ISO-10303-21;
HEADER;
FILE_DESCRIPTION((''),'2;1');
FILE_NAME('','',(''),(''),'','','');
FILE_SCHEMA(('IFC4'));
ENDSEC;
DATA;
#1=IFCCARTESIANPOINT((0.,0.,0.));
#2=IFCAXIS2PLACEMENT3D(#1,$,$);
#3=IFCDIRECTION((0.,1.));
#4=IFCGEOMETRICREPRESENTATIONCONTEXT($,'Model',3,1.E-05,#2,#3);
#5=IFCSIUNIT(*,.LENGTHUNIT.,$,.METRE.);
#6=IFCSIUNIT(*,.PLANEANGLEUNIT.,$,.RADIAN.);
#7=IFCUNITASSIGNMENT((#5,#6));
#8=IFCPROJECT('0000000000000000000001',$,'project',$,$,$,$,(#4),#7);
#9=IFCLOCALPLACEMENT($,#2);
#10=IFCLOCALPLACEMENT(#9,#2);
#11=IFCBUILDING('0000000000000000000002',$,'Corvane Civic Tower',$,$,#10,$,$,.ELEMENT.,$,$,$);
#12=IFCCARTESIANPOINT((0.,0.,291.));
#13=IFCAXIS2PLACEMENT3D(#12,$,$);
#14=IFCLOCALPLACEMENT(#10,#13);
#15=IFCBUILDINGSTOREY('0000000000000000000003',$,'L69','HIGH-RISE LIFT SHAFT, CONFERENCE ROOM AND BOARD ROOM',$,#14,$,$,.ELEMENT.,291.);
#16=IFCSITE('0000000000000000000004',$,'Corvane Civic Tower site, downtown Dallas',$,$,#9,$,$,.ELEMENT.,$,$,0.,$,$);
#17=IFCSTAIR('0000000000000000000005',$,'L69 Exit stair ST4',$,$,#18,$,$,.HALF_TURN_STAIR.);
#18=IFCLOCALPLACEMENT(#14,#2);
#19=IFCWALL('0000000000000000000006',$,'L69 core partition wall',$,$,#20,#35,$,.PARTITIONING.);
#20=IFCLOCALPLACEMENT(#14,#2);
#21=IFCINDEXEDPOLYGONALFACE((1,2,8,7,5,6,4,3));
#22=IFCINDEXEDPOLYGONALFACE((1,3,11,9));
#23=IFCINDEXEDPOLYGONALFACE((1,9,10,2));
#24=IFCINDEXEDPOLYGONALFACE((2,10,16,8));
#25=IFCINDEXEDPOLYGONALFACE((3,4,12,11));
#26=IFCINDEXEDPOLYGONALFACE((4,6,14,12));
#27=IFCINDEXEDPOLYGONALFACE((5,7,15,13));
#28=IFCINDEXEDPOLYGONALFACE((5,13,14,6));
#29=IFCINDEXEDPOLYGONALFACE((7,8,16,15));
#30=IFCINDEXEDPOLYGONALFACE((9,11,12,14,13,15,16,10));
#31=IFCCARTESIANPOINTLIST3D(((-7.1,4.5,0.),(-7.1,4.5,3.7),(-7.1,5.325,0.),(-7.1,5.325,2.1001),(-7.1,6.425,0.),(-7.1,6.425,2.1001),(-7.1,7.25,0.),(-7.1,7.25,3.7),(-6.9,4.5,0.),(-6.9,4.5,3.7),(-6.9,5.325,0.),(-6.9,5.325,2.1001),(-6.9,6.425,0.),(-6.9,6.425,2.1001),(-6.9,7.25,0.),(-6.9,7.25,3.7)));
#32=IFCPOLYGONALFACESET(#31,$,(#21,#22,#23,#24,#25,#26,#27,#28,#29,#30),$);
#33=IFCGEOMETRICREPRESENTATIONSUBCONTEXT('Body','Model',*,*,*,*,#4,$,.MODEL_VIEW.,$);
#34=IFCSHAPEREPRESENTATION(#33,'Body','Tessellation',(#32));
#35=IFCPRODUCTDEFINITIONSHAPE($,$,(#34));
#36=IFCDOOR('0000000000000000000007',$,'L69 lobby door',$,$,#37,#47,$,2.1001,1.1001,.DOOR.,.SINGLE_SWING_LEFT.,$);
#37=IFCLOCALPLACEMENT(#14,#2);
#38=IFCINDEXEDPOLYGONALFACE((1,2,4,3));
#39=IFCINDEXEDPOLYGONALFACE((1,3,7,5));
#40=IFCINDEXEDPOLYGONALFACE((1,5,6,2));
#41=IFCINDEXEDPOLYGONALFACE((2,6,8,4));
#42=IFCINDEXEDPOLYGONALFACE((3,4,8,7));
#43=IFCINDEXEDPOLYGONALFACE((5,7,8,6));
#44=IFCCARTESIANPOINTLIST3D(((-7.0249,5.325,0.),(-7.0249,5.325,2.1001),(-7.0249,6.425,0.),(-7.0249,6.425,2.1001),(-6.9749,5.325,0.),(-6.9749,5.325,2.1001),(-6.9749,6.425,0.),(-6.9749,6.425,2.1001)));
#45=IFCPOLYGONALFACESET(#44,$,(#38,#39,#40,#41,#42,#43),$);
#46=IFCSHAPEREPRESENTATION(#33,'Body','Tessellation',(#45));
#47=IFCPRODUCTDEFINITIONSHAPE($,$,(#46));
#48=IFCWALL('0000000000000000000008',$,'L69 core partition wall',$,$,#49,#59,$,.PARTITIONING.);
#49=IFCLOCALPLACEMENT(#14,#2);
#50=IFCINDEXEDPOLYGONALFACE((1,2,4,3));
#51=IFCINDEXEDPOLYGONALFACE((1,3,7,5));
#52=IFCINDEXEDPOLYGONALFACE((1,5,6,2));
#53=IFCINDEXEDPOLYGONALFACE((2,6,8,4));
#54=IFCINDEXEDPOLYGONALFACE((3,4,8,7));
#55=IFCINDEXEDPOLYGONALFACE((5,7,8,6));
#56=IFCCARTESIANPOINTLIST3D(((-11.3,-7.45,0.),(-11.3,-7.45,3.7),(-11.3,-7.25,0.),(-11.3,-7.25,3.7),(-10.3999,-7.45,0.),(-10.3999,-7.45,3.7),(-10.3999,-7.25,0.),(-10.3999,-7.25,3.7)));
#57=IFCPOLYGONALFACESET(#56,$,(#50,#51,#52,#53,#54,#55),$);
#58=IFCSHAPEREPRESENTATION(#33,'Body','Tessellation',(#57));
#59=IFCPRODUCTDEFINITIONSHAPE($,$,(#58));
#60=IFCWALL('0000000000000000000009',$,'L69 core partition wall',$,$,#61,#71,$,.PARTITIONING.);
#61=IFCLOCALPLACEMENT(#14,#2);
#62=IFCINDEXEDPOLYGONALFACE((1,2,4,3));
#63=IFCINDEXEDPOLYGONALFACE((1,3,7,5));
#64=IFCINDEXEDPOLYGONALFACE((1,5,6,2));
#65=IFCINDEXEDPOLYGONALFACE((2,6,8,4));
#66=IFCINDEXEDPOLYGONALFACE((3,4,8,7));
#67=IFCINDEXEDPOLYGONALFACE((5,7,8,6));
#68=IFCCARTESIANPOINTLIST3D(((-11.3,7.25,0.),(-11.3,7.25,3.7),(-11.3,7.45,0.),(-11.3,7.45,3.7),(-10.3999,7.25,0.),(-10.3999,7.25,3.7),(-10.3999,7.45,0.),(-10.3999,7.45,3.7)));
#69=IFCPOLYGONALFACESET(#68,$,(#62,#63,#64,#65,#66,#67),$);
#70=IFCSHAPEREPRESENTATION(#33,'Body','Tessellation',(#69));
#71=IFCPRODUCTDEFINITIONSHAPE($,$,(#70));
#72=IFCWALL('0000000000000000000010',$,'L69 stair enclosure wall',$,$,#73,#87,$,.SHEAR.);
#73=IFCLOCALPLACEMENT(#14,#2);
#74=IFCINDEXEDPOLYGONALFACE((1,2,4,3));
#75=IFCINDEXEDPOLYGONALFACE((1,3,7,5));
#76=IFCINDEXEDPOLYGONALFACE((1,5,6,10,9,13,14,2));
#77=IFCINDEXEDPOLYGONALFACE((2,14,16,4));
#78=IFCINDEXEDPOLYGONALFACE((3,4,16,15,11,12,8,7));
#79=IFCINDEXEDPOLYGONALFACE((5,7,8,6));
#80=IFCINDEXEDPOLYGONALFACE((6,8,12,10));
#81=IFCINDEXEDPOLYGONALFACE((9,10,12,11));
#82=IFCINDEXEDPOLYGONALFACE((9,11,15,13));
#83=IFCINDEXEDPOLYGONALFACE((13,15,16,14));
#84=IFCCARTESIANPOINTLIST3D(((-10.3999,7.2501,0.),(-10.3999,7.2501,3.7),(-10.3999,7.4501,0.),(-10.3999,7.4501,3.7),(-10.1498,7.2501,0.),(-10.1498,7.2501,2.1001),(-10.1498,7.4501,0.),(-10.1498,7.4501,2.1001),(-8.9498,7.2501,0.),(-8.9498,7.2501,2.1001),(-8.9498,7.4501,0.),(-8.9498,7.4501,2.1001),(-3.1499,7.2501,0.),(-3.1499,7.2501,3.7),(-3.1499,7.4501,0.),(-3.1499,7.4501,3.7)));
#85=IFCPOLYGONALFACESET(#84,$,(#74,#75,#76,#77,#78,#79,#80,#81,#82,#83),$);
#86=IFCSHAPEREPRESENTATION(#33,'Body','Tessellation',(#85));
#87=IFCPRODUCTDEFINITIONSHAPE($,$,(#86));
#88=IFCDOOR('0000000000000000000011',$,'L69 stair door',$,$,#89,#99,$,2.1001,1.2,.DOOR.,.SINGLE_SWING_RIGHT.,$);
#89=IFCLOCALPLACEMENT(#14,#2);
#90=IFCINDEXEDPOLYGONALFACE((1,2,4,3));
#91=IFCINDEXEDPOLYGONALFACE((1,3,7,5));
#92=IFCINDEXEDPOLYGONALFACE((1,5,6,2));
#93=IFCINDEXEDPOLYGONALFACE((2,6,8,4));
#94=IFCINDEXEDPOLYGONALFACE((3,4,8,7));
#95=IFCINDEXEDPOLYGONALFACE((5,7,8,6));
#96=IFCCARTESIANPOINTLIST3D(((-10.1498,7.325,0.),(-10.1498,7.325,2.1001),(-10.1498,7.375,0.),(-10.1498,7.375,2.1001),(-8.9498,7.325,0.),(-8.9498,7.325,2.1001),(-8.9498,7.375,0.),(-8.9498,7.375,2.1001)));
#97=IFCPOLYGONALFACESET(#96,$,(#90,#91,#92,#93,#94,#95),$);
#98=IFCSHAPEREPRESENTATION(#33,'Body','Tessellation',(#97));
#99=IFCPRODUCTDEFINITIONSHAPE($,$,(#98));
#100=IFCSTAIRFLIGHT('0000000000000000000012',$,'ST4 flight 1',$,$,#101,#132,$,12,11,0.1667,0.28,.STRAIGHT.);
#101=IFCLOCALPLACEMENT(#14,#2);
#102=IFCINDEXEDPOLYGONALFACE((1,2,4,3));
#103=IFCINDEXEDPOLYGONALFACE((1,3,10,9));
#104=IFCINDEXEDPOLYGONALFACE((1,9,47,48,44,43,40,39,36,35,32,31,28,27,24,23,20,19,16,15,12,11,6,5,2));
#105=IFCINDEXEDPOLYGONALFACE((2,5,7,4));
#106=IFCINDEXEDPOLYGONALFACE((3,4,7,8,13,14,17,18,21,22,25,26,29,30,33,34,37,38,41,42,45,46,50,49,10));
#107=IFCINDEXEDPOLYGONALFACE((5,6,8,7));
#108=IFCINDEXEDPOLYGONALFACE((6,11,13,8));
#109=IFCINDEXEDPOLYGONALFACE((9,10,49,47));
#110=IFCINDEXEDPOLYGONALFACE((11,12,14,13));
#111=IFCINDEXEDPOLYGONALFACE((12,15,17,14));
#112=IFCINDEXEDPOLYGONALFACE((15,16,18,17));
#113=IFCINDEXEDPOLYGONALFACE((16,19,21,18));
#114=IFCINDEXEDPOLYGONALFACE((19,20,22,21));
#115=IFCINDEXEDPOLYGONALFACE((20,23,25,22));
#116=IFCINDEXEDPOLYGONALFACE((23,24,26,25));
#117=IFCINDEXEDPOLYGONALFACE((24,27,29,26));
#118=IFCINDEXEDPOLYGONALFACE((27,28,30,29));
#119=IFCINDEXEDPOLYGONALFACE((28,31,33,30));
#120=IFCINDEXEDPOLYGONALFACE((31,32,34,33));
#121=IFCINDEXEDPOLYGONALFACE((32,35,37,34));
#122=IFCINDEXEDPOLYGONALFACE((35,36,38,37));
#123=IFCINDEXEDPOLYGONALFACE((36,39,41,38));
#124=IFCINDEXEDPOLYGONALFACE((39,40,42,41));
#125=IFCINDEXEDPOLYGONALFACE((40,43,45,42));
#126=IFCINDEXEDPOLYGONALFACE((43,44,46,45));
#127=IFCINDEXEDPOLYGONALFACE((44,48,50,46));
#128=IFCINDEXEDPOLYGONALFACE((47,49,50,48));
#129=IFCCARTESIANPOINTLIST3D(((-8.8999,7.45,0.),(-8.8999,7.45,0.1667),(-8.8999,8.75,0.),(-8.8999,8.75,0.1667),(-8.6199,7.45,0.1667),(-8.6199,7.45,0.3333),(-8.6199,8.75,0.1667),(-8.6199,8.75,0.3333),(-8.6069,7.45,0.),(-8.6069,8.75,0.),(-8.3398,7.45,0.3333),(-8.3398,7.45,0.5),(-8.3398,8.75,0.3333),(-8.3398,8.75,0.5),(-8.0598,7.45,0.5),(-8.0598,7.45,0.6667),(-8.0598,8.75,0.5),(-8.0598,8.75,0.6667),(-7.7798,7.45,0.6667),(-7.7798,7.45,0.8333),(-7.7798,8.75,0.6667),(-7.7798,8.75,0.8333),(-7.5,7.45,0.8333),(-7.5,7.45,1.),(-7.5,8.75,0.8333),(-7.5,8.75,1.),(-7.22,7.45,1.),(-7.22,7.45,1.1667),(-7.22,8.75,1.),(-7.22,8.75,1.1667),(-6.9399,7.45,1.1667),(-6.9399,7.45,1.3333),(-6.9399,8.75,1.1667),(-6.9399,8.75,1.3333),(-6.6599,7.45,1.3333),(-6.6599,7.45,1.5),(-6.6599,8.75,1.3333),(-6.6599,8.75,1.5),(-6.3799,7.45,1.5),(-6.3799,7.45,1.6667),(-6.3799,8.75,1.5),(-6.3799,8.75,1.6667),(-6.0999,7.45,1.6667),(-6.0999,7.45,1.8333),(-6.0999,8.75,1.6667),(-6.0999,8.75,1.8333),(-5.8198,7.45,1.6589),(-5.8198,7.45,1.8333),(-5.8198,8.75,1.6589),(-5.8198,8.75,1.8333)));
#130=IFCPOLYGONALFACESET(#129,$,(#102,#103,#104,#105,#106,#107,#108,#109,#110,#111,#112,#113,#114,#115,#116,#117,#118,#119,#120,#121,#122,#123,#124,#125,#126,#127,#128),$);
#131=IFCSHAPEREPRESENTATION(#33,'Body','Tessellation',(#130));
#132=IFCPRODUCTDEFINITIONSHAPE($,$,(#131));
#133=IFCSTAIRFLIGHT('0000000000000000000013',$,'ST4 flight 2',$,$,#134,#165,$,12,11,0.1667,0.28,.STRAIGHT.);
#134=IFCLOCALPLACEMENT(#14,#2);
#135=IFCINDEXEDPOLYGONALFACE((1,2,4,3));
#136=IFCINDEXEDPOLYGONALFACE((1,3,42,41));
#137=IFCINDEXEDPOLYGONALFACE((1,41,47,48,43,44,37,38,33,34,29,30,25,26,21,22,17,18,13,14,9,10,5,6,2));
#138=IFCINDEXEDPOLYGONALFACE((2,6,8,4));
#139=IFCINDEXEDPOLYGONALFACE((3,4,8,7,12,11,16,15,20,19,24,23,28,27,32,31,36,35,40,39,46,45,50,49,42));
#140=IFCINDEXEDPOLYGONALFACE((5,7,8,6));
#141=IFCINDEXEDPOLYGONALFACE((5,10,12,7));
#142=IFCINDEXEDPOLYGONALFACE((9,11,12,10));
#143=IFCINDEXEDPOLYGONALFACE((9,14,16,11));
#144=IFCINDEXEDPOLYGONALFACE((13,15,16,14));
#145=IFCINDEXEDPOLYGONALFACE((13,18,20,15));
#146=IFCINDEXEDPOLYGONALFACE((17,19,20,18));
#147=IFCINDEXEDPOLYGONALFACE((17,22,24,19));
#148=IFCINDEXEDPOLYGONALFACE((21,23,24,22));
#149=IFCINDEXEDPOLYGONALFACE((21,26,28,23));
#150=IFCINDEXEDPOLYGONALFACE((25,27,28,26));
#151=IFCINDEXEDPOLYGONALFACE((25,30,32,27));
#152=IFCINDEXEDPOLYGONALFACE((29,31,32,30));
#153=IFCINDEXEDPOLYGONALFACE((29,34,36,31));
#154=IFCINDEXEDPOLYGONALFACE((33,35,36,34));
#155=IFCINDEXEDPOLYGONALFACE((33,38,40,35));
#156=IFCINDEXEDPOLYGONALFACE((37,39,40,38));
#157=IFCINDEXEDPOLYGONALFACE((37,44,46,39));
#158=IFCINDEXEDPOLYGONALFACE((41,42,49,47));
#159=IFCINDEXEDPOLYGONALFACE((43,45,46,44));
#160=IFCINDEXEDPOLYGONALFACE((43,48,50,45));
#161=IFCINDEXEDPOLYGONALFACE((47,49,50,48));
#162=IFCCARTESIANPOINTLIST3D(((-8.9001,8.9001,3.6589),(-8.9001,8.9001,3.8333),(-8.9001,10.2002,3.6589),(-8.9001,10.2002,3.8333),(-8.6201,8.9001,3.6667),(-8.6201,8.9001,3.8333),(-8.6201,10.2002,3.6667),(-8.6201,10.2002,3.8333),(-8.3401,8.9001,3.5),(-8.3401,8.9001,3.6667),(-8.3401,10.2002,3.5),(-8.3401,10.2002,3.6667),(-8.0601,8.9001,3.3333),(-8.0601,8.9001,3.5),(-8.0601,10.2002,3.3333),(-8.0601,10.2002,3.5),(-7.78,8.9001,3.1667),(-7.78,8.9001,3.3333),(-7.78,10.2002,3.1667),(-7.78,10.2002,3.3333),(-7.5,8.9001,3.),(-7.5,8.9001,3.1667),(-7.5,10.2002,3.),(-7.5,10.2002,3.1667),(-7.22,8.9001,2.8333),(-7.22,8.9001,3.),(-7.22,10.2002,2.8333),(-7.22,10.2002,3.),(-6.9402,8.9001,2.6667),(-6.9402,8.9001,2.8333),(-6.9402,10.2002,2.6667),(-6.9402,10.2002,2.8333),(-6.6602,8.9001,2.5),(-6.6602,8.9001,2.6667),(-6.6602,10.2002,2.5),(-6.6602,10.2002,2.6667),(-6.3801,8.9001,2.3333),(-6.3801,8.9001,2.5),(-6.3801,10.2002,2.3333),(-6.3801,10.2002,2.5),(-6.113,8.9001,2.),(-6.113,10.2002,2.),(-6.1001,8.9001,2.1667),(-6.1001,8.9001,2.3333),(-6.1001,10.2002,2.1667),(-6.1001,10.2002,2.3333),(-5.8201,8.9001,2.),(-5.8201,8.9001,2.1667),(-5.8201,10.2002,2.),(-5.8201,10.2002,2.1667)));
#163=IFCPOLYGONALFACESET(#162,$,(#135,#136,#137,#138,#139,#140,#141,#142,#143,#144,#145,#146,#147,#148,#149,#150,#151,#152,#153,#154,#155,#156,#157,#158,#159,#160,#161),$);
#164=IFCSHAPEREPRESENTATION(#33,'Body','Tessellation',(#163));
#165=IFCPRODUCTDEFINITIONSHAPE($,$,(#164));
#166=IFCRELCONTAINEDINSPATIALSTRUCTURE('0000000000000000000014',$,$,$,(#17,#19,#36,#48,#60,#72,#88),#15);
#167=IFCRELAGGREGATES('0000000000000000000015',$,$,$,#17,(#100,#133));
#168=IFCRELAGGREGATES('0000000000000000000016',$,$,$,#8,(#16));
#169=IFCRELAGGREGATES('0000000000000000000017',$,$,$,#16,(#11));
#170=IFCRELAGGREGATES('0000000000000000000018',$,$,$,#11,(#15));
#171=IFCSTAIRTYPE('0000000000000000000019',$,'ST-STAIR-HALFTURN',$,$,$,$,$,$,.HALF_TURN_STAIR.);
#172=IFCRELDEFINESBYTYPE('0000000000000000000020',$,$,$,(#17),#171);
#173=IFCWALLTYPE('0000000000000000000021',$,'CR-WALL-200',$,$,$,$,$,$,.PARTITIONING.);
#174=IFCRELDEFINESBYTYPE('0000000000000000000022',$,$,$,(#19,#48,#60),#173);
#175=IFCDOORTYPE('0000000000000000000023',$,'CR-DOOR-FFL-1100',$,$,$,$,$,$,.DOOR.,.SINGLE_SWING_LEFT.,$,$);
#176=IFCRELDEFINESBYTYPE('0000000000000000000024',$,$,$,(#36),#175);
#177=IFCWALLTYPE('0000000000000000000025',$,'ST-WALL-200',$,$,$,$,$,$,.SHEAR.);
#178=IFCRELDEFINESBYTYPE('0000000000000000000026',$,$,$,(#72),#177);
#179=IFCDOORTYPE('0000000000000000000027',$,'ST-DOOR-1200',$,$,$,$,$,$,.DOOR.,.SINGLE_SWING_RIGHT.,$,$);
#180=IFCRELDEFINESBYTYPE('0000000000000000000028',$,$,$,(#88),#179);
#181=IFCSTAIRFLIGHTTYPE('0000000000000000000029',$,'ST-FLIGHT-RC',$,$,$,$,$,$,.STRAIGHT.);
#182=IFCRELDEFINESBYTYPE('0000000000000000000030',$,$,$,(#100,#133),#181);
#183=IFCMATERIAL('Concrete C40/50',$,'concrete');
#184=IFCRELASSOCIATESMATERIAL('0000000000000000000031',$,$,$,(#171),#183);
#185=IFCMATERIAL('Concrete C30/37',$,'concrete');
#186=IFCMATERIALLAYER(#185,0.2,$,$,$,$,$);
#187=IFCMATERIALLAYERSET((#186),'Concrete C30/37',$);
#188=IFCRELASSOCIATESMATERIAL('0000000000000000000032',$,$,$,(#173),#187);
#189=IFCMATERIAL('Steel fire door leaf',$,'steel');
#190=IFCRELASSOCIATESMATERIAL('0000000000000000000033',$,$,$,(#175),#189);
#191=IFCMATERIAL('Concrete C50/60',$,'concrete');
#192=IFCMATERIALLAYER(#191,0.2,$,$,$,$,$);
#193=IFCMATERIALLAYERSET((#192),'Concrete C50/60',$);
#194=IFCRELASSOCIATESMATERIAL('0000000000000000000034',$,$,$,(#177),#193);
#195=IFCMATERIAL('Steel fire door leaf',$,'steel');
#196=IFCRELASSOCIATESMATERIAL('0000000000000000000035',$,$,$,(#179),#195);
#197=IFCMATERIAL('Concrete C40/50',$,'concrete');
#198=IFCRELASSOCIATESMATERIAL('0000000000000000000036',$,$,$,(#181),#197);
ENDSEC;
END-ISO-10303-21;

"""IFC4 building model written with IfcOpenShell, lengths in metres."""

from ifc_helpers import new_model, si_unit, direction, frame, frame_2d, origin, place, context, subcontext, project, spatial, polyline, rectangle, outline, extrude, material, layer, layer_set, type_object, element, fill, aggregate, save


model = new_model("IFC4")

# Units and contexts
model_context = context("Model", 3, precision=1e-05, world=origin(), true_north=direction((0.0, 1.0)))
body_context = subcontext(model_context, "Body", "Model", "MODEL_VIEW")
ifc_project = project(units=[si_unit("LENGTHUNIT", "METRE"), si_unit("PLANEANGLEUNIT", "RADIAN")], contexts=[model_context])

# Site, building, storey
site_placement = place(None, origin())
site = spatial("IfcSite", under=ifc_project, at=site_placement, Name="Corvane Civic Tower site, downtown Dallas", CompositionType="ELEMENT", RefElevation=0.0)
building_placement = place(site_placement, origin())
building = spatial("IfcBuilding", under=site, at=building_placement, Name="Corvane Civic Tower", CompositionType="ELEMENT")
storey_placement = place(building_placement, frame((0.0, 0.0, 291.0)))
storey = spatial("IfcBuildingStorey", under=building, at=storey_placement, Name="L69", Description="HIGH-RISE LIFT SHAFT, CONFERENCE ROOM AND BOARD ROOM", CompositionType="ELEMENT", Elevation=291.0)

# Stair
ifc_material_1 = material(Name="Concrete C40/50", Category="concrete")
stair_type = type_object("IfcStairType", Name="ST-STAIR-HALFTURN", PredefinedType="HALF_TURN_STAIR", material=ifc_material_1)
stair_1_placement = place(storey_placement, origin())
stair_1 = element("IfcStair", 1, at=stair_1_placement, inside=storey, type_object=stair_type, Name="L69 Exit stair ST4", PredefinedType="HALF_TURN_STAIR")

# Shared definitions
ifc_material_2 = material(Name="Concrete C30/37", Category="concrete")
ifc_layer_1 = layer(ifc_material_2, 0.2)
ifc_layer_set_1 = layer_set([ifc_layer_1], Name="Concrete C30/37")
wall_type_1 = type_object("IfcWallType", Name="CR-WALL-200", PredefinedType="PARTITIONING", material=ifc_layer_set_1)

# Wall, opening, door
wall_1_placement = place(storey_placement, frame((-7.0, 4.5, 0.0), z_axis=(0.0, 0.0, 1.0), x_axis=(0.0, 1.0, 0.0)))
wall_1 = element("IfcWall", 2, at=wall_1_placement, inside=storey, type_object=wall_type_1, Name="L69 core partition wall", PredefinedType="PARTITIONING", context=body_context, shape_type="SweptSolid", body=[
    extrude(rectangle(XDim=2.75, YDim=0.2, at=frame_2d((1.375, 0.0))), origin(), (0.0, 0.0, 1.0), 3.7),
])
opening_1_placement = place(wall_1_placement, frame((0.825, 0.0, 0.0)))
opening_1 = element("IfcOpeningElement", 3, at=opening_1_placement, cuts=wall_1, PredefinedType="OPENING", context=body_context, shape_type="SweptSolid", body=[
    extrude(rectangle(XDim=1.1001, YDim=2.1001, at=frame_2d((0.55, 1.05))), frame((0.0, 0.1099, 0.0), z_axis=(0.0, -1.0, 0.0), x_axis=(1.0, 0.0, 0.0)), (0.0, 0.0, 1.0), 0.22),
])
ifc_material_3 = material(Name="Steel fire door leaf", Category="steel")
door_type_1 = type_object("IfcDoorType", Name="CR-DOOR-FFL-1100", OperationType="SINGLE_SWING_LEFT", PredefinedType="DOOR", material=ifc_material_3)
door_1_placement = place(opening_1_placement, origin())
door_1 = element("IfcDoor", 4, at=door_1_placement, inside=storey, type_object=door_type_1, Name="L69 lobby door", OperationType="SINGLE_SWING_LEFT", OverallHeight=2.1001, OverallWidth=1.1001, PredefinedType="DOOR", context=body_context, shape_type="SweptSolid", body=[
    extrude(rectangle(XDim=1.1001, YDim=2.1001, at=frame_2d((0.55, 1.05))), frame((0.0, 0.0249, 0.0), z_axis=(0.0, -1.0, 0.0), x_axis=(1.0, 0.0, 0.0)), (0.0, 0.0, 1.0), 0.05),
])
fill(opening_1, door_1)

# Walls
wall_2_placement = place(storey_placement, origin())
element("IfcWall", 5, at=wall_2_placement, inside=storey, type_object=wall_type_1, Name="L69 core partition wall", PredefinedType="PARTITIONING", context=body_context, shape_type="SweptSolid", body=[
    extrude(outline(polyline([(-10.3999, -7.25), (-10.3999, -7.45), (-11.3, -7.45), (-11.3, -7.25), (-10.3999, -7.25)])), origin(), (0.0, 0.0, 1.0), 3.7),
])
wall_3_placement = place(storey_placement, origin())
element("IfcWall", 6, at=wall_3_placement, inside=storey, type_object=wall_type_1, Name="L69 core partition wall", PredefinedType="PARTITIONING", context=body_context, shape_type="SweptSolid", body=[
    extrude(outline(polyline([(-10.3999, 7.25), (-11.3, 7.25), (-11.3, 7.45), (-10.3999, 7.45), (-10.3999, 7.25)])), origin(), (0.0, 0.0, 1.0), 3.7),
])

# Wall, opening, door
ifc_material_4 = material(Name="Concrete C50/60", Category="concrete")
ifc_layer_2 = layer(ifc_material_4, 0.2)
ifc_layer_set_2 = layer_set([ifc_layer_2], Name="Concrete C50/60")
wall_type_2 = type_object("IfcWallType", Name="ST-WALL-200", PredefinedType="SHEAR", material=ifc_layer_set_2)
wall_4_placement = place(storey_placement, frame((-10.3999, 7.3501, 0.0), z_axis=(0.0, 0.0, 1.0), x_axis=(1.0, 0.0, 0.0)))
wall_4 = element("IfcWall", 7, at=wall_4_placement, inside=storey, type_object=wall_type_2, Name="L69 stair enclosure wall", PredefinedType="SHEAR", context=body_context, shape_type="SweptSolid", body=[
    extrude(rectangle(XDim=7.25, YDim=0.2, at=frame_2d((3.625, 0.0))), origin(), (0.0, 0.0, 1.0), 3.7),
])
opening_2_placement = place(wall_4_placement, frame((0.25, 0.0, 0.0)))
opening_2 = element("IfcOpeningElement", 8, at=opening_2_placement, cuts=wall_4, PredefinedType="OPENING", context=body_context, shape_type="SweptSolid", body=[
    extrude(rectangle(XDim=1.2, YDim=2.1001, at=frame_2d((0.6001, 1.05))), frame((0.0, 0.1099, 0.0), z_axis=(0.0, -1.0, 0.0), x_axis=(1.0, 0.0, 0.0)), (0.0, 0.0, 1.0), 0.22),
])
ifc_material_5 = material(Name="Steel fire door leaf", Category="steel")
door_type_2 = type_object("IfcDoorType", Name="ST-DOOR-1200", OperationType="SINGLE_SWING_RIGHT", PredefinedType="DOOR", material=ifc_material_5)
door_2_placement = place(opening_2_placement, origin())
door_2 = element("IfcDoor", 9, at=door_2_placement, inside=storey, type_object=door_type_2, Name="L69 stair door", OperationType="SINGLE_SWING_RIGHT", OverallHeight=2.1001, OverallWidth=1.2, PredefinedType="DOOR", context=body_context, shape_type="SweptSolid", body=[
    extrude(rectangle(XDim=1.2, YDim=2.1001, at=frame_2d((0.6001, 1.05))), frame((0.0, 0.0249, 0.0), z_axis=(0.0, -1.0, 0.0), x_axis=(1.0, 0.0, 0.0)), (0.0, 0.0, 1.0), 0.05),
])
fill(opening_2, door_2)

# Stair flights
ifc_material_6 = material(Name="Concrete C40/50", Category="concrete")
stair_flight_type = type_object("IfcStairFlightType", Name="ST-FLIGHT-RC", PredefinedType="STRAIGHT", material=ifc_material_6)
stair_flight_1_placement = place(storey_placement, frame((-8.8999, 8.1001, 0.0), z_axis=(0.0, 0.0, 1.0), x_axis=(1.0, 0.0, 0.0)))
stair_flight_1 = element("IfcStairFlight", 10, at=stair_flight_1_placement, type_object=stair_flight_type, Name="ST4 flight 1", NumberOfRisers=12, NumberOfTreads=11, PredefinedType="STRAIGHT", RiserHeight=0.1667, TreadLength=0.28, context=body_context, shape_type="SweptSolid", body=[
    extrude(outline(polyline([(0.0, 0.0), (0.0, 0.1667), (0.28, 0.1667), (0.28, 0.3333), (0.5601, 0.3333), (0.5601, 0.5), (0.8401, 0.5), (0.8401, 0.6667), (1.1201, 0.6667), (1.1201, 0.8333), (1.3999, 0.8333), (1.3999, 1.0), (1.6799, 1.0), (1.6799, 1.1667), (1.96, 1.1667), (1.96, 1.3333), (2.24, 1.3333), (2.24, 1.5), (2.52, 1.5), (2.52, 1.6667), (2.8, 1.6667), (2.8, 1.8333), (3.0801, 1.8333), (3.0801, 2.0), (3.0801, 1.6589), (0.293, 0.0), (0.0, 0.0)])), frame((0.0, 0.6499, 0.0), z_axis=(0.0, -1.0, 0.0), x_axis=(1.0, 0.0, 0.0)), (0.0, 0.0, 1.0), 1.3),
])
stair_flight_2_placement = place(storey_placement, frame((-5.8201, 9.55, 2.0), z_axis=(0.0, 0.0, 1.0), x_axis=(-1.0, 0.0, 0.0)))
stair_flight_2 = element("IfcStairFlight", 11, at=stair_flight_2_placement, type_object=stair_flight_type, Name="ST4 flight 2", NumberOfRisers=12, NumberOfTreads=11, PredefinedType="STRAIGHT", RiserHeight=0.1667, TreadLength=0.28, context=body_context, shape_type="SweptSolid", body=[
    extrude(outline(polyline([(0.0, 0.0), (0.0, 0.1667), (0.28, 0.1667), (0.28, 0.3333), (0.5601, 0.3333), (0.5601, 0.5), (0.8401, 0.5), (0.8401, 0.6667), (1.1201, 0.6667), (1.1201, 0.8333), (1.3999, 0.8333), (1.3999, 1.0), (1.6799, 1.0), (1.6799, 1.1667), (1.96, 1.1667), (1.96, 1.3333), (2.24, 1.3333), (2.24, 1.5), (2.52, 1.5), (2.52, 1.6667), (2.8, 1.6667), (2.8, 1.8333), (3.0801, 1.8333), (3.0801, 2.0), (3.0801, 1.6589), (0.293, 0.0), (0.0, 0.0)])), frame((0.0, 0.6499, 0.0), z_axis=(0.0, -1.0, 0.0), x_axis=(1.0, 0.0, 0.0)), (0.0, 0.0, 1.0), 1.3),
])
aggregate(stair_1, [stair_flight_1, stair_flight_2])

save(model, "model.ifc")
